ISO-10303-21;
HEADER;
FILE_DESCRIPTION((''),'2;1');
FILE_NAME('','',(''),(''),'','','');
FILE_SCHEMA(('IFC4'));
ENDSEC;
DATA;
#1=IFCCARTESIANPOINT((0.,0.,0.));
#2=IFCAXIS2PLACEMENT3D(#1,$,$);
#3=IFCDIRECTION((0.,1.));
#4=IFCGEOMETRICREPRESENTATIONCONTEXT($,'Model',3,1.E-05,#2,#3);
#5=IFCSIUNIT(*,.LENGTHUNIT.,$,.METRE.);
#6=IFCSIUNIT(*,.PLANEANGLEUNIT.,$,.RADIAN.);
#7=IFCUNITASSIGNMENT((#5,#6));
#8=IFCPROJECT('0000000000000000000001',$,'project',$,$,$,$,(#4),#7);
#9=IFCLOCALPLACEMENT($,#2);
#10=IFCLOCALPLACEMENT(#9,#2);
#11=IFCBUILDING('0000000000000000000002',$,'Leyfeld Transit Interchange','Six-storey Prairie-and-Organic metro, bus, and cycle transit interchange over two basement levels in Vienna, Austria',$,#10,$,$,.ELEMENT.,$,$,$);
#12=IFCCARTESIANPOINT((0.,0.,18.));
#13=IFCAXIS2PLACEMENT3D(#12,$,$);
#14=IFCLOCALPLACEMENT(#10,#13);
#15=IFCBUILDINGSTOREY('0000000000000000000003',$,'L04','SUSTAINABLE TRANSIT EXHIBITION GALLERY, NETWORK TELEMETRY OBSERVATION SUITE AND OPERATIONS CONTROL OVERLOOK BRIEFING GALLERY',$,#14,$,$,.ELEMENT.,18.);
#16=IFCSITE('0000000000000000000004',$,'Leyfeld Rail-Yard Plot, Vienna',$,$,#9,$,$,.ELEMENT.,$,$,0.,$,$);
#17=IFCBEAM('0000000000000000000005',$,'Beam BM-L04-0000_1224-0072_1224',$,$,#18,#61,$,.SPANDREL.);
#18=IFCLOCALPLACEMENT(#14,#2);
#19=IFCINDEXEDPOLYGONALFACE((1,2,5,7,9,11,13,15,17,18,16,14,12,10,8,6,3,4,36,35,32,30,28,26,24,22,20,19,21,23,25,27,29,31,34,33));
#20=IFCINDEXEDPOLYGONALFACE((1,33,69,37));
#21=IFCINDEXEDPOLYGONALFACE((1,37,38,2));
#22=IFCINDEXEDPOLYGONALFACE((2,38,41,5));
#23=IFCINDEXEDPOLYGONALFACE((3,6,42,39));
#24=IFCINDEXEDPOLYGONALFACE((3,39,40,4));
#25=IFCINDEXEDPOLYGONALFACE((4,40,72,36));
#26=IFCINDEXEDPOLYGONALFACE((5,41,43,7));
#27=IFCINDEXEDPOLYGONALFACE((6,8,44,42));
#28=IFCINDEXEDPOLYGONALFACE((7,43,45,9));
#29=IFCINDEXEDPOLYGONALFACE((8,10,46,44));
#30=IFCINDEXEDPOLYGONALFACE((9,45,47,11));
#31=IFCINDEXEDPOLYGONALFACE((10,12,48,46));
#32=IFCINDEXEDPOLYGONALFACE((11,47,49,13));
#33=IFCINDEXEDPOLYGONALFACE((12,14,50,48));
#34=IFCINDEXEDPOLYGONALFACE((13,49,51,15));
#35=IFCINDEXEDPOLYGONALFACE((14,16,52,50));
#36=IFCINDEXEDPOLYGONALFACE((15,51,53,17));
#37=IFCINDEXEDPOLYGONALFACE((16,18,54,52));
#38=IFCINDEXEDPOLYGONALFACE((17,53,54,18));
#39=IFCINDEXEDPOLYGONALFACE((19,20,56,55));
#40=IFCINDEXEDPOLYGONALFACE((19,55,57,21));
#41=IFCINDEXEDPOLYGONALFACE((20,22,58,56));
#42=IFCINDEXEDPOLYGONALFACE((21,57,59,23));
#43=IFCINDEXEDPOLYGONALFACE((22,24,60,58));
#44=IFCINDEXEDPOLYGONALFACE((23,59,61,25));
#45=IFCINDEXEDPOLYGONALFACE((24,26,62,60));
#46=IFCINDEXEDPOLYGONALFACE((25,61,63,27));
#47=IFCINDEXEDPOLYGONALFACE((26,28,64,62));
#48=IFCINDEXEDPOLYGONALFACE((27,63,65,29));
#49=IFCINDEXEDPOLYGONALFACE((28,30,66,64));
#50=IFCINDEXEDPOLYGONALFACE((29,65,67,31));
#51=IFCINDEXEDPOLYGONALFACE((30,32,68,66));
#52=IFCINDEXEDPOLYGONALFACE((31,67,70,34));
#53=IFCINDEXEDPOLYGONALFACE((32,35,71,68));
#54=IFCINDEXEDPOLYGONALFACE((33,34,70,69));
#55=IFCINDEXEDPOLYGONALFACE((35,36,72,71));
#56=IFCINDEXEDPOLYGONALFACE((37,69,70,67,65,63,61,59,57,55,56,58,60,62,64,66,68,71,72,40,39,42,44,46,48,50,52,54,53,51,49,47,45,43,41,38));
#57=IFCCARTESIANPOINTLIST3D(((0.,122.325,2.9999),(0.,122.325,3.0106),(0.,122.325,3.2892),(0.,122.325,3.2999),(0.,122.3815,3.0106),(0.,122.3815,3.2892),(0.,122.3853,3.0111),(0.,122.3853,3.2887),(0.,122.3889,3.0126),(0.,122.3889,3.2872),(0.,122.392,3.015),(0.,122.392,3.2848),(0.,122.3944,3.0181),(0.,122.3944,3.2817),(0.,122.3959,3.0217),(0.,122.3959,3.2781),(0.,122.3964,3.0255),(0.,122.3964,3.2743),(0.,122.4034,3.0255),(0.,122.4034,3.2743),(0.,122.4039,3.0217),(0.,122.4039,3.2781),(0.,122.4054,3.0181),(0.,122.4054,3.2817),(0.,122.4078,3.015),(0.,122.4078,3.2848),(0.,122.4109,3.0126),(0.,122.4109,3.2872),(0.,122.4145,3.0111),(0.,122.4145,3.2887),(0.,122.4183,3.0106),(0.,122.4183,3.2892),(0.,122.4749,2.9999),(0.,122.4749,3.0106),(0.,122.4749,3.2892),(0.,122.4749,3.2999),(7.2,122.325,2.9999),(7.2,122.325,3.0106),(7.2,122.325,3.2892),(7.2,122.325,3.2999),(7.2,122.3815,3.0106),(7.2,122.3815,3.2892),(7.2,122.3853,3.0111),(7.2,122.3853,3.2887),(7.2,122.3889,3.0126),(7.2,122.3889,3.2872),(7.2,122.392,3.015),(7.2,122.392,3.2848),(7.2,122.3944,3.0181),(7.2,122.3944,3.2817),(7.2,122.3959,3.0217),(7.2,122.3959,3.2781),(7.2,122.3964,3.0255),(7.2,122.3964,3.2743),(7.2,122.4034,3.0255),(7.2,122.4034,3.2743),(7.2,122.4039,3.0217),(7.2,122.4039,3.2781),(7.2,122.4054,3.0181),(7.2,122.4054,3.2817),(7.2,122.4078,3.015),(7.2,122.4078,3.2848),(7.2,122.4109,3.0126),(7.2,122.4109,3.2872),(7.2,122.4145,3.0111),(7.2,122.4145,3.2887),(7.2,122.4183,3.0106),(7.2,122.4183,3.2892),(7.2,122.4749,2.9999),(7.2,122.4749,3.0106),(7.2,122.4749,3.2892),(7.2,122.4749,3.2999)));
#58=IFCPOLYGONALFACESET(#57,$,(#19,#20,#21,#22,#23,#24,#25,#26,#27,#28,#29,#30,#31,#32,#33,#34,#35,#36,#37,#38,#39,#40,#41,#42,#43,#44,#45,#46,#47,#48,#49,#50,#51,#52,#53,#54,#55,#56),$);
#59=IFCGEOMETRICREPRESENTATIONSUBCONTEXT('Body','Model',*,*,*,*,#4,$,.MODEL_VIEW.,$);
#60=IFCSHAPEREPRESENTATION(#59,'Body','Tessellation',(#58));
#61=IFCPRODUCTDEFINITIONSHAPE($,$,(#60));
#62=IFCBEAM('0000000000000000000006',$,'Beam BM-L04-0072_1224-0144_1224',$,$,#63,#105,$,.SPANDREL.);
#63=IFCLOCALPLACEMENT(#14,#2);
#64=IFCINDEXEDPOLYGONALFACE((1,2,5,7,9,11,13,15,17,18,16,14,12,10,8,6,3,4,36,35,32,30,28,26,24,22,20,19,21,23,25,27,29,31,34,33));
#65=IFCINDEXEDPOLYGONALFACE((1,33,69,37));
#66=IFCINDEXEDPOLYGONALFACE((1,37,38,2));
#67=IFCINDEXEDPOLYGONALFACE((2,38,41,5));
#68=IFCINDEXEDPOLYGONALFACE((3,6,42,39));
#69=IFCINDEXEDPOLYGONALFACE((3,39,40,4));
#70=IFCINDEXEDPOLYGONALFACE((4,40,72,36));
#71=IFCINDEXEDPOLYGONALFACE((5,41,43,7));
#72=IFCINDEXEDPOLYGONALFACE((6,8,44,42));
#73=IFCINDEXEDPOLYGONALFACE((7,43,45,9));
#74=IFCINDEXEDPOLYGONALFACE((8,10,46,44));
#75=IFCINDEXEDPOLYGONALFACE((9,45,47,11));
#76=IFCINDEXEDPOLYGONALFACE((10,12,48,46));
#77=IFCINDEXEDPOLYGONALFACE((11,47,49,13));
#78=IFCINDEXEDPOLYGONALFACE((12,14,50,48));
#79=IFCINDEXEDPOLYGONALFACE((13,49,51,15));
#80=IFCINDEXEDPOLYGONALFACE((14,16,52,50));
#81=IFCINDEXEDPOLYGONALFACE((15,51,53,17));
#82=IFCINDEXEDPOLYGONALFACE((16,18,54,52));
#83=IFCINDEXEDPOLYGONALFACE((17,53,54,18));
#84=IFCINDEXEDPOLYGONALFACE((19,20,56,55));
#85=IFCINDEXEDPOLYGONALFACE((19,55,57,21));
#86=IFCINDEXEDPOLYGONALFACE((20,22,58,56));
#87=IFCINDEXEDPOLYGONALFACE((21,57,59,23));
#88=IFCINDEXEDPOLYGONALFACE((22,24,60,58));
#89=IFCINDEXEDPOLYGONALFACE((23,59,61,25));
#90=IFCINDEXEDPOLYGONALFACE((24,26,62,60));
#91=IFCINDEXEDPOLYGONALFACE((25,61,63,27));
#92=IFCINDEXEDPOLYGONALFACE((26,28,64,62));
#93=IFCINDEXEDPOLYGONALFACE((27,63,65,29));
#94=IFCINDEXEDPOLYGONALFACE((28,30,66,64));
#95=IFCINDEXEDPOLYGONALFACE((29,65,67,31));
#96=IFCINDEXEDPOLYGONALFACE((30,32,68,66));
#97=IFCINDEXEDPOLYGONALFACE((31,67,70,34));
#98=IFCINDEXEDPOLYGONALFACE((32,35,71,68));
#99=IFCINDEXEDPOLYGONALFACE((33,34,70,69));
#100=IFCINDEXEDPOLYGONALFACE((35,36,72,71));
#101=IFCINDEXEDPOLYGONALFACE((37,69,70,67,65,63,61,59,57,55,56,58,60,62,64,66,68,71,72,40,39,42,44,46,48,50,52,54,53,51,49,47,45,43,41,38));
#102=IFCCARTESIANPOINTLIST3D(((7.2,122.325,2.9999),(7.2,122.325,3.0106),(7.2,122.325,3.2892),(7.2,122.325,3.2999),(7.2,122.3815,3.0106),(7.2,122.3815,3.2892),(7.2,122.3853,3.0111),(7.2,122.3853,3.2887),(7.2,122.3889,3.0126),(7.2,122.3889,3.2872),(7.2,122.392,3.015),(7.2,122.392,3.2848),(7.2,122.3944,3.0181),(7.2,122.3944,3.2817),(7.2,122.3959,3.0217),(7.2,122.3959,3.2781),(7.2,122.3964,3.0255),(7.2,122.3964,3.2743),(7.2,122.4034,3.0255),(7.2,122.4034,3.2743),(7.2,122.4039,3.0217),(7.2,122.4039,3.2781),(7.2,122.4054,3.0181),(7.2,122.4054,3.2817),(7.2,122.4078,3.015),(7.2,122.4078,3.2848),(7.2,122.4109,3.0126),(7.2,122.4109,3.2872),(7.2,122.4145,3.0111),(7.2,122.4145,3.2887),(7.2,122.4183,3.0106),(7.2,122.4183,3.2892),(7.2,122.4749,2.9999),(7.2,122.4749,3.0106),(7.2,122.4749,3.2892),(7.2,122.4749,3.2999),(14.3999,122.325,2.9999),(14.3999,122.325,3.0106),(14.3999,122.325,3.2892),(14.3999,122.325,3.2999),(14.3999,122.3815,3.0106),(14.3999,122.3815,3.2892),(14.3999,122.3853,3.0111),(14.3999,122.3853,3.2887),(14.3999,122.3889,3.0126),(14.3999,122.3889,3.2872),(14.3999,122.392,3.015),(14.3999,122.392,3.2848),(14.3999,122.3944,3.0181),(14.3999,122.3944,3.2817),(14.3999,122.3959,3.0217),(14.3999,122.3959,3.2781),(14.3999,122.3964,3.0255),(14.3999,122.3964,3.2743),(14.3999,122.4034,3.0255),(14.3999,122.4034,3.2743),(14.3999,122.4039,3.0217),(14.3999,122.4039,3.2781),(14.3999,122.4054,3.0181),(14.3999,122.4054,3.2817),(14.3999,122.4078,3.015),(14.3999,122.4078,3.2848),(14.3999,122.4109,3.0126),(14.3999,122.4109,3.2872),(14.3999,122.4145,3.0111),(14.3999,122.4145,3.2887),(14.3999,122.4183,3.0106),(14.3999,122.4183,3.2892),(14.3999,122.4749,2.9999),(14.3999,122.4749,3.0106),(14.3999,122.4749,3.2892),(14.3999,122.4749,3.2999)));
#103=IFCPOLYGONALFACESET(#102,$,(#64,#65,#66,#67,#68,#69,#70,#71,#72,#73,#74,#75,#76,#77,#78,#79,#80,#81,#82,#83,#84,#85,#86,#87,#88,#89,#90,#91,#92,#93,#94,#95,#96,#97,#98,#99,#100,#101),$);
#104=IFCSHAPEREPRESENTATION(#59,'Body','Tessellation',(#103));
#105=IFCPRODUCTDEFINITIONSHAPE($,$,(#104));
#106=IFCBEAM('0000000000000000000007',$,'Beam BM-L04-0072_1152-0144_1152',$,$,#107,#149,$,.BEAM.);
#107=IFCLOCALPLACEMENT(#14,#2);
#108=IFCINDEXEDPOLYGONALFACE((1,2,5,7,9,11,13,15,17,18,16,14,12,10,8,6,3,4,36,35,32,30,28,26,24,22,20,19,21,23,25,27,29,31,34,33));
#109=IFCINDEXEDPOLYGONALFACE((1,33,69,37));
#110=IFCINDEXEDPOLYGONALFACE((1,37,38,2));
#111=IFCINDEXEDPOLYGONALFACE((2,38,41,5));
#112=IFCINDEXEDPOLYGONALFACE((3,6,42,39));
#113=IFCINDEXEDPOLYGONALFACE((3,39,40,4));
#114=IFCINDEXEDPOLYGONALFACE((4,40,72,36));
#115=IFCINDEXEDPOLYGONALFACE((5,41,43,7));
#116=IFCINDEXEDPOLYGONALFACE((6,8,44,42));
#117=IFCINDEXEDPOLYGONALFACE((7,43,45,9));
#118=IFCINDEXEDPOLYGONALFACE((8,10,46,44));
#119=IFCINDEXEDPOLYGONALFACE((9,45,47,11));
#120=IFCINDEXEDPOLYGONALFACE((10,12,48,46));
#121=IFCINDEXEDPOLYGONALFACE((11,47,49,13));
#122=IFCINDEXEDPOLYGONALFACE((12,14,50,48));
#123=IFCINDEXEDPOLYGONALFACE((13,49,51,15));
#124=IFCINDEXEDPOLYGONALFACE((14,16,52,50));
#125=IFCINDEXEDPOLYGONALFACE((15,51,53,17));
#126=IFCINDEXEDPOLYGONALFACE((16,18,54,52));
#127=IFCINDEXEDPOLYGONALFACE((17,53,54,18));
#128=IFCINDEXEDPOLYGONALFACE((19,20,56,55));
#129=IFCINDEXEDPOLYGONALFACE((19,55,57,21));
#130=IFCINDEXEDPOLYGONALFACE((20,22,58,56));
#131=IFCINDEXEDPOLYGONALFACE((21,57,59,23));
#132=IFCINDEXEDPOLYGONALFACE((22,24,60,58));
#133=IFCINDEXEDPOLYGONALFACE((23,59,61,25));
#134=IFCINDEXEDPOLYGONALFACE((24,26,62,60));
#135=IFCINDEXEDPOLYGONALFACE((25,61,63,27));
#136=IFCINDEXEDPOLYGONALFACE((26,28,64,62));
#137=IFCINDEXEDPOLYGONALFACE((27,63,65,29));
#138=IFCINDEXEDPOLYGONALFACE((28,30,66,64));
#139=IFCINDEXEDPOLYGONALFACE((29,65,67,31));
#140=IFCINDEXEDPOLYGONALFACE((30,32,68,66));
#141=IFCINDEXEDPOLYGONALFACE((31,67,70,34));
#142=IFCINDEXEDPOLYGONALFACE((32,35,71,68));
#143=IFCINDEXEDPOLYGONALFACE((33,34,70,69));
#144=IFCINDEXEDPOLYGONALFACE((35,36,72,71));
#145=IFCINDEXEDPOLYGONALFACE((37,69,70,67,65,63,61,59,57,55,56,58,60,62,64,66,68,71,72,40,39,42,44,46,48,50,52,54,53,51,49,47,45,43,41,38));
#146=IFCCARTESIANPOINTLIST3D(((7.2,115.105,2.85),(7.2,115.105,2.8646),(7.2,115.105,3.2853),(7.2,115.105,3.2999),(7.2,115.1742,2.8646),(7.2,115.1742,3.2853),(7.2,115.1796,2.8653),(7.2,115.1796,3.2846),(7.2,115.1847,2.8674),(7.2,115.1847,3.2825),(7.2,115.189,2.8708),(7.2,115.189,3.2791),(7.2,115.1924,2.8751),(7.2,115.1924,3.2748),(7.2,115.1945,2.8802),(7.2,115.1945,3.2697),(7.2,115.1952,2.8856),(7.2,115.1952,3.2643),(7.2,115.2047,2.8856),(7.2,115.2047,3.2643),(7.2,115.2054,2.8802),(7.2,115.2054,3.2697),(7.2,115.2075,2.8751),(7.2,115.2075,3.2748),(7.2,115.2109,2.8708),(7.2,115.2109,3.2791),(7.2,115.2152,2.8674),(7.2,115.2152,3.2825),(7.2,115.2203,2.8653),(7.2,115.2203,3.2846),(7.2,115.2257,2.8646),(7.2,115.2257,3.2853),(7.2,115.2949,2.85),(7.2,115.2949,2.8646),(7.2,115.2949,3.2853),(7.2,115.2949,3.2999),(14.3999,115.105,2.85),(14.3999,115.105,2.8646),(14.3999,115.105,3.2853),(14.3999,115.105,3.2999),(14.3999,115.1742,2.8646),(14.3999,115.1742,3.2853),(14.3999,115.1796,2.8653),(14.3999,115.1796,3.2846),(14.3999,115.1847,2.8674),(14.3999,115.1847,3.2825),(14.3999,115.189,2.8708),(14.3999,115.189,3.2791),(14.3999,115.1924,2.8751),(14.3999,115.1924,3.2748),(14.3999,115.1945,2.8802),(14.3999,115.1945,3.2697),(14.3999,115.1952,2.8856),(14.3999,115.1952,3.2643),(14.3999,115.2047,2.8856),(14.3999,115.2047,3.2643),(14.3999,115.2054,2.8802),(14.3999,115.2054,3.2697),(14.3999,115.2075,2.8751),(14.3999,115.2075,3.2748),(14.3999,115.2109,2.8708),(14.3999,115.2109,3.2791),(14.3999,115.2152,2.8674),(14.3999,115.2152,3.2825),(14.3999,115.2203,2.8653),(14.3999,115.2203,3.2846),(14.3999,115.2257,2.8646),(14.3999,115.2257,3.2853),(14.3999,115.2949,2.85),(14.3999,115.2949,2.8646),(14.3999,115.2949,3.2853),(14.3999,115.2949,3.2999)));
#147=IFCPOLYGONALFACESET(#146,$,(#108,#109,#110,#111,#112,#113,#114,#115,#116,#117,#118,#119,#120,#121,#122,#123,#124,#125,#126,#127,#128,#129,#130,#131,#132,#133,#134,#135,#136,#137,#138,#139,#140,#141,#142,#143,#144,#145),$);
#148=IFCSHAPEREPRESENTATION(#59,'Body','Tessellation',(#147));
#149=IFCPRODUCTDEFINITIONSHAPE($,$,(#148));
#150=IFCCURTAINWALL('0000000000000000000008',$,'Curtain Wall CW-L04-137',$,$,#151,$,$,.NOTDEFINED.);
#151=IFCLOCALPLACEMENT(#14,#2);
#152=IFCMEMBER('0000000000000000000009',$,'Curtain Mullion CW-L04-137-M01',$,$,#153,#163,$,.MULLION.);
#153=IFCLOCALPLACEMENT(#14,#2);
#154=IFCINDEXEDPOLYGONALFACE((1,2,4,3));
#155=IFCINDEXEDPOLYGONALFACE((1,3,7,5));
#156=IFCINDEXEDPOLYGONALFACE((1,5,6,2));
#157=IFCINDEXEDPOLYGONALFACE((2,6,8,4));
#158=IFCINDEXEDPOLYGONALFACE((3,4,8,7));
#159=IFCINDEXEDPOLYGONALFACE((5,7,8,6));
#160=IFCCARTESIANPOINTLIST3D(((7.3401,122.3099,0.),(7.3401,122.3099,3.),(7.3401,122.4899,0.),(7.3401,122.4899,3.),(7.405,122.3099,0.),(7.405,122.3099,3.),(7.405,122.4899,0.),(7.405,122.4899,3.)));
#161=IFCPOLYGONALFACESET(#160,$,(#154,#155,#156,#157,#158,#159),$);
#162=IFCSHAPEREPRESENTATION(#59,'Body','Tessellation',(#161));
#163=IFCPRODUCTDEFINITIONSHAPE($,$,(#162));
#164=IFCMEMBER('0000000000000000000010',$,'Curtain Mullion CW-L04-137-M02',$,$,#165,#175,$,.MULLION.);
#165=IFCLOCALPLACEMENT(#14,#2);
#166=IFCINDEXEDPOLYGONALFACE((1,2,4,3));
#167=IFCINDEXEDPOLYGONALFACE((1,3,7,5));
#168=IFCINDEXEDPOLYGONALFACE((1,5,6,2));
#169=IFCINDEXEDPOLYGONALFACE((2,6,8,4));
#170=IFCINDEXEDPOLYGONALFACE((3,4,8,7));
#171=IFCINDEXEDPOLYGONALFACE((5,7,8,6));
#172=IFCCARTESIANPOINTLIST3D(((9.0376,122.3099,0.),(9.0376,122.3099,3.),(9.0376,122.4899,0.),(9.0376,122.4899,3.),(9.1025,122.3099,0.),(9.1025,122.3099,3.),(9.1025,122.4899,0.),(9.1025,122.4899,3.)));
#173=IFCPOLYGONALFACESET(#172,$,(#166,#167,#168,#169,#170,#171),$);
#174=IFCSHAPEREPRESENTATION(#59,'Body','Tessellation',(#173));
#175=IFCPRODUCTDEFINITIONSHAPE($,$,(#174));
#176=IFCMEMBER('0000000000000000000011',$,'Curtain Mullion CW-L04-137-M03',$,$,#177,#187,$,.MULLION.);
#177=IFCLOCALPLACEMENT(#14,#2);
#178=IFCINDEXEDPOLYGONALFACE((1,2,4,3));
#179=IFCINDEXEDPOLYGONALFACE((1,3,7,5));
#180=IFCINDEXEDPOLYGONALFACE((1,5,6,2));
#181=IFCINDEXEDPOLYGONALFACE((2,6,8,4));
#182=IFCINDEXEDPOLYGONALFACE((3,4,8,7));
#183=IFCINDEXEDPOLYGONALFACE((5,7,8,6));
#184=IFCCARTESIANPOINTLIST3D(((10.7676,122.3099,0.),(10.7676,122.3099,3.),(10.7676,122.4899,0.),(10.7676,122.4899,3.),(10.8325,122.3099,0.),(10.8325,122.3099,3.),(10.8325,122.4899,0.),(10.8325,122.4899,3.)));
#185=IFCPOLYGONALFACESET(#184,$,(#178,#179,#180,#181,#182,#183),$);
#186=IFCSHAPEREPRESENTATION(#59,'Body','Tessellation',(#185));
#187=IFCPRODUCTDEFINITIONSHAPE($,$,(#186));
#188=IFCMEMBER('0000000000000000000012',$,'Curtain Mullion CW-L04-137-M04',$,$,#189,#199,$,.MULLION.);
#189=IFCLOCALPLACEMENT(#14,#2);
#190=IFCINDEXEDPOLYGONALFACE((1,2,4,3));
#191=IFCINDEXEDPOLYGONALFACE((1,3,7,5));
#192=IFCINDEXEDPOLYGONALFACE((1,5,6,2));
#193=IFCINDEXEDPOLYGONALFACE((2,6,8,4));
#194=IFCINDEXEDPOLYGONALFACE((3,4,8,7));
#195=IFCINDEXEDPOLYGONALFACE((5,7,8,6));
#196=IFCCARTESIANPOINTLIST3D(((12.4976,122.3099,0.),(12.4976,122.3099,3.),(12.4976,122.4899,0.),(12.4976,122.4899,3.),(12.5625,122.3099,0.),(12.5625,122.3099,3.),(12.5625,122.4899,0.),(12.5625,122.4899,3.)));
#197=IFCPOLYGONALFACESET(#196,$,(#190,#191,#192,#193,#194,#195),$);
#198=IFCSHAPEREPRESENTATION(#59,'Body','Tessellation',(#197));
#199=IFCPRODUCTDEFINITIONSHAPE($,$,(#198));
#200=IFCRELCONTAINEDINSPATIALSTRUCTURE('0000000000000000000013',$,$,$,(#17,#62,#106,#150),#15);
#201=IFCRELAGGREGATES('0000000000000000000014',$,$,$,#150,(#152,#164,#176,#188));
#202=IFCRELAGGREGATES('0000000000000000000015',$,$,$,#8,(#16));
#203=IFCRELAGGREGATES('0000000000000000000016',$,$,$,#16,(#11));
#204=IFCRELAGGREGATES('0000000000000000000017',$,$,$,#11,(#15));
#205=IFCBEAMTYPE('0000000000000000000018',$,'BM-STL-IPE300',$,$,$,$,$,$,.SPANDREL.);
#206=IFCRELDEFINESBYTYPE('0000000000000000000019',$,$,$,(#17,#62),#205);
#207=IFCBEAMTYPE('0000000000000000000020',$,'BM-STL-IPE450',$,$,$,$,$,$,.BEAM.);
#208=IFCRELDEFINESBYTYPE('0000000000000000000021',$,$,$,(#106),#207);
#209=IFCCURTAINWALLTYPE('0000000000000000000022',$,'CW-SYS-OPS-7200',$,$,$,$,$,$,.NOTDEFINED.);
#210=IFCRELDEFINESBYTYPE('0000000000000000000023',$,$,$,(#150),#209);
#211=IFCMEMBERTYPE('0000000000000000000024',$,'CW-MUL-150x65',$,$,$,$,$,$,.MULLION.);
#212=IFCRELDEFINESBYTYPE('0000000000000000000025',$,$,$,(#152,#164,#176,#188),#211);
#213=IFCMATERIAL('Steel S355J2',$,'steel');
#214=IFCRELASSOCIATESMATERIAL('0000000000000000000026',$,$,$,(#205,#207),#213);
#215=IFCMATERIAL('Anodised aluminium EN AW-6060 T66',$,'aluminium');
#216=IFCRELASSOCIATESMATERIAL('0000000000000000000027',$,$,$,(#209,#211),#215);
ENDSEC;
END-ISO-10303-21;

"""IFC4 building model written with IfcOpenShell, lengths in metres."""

from ifc_helpers import new_model, si_unit, direction, frame, origin, origin_2d, place, context, subcontext, project, spatial, rectangle, i_section, extrude, material, material_profile, profile_set, type_object, element, aggregate, save


model = new_model("IFC4")

# Units and contexts
model_context = context("Model", 3, precision=1e-05, world=origin(), true_north=direction((0.0, 1.0)))
body_context = subcontext(model_context, "Body", "Model", "MODEL_VIEW")
ifc_project = project(units=[si_unit("LENGTHUNIT", "METRE"), si_unit("PLANEANGLEUNIT", "RADIAN")], contexts=[model_context])

# Site, building, storey
site_placement = place(None, origin())
site = spatial("IfcSite", under=ifc_project, at=site_placement, Name="Leyfeld Rail-Yard Plot, Vienna", CompositionType="ELEMENT", RefElevation=0.0)
building_placement = place(site_placement, origin())
building = spatial("IfcBuilding", under=site, at=building_placement, Name="Leyfeld Transit Interchange", Description="Six-storey Prairie-and-Organic metro, bus, and cycle transit interchange over two basement levels in Vienna, Austria", CompositionType="ELEMENT")
storey_placement = place(building_placement, frame((0.0, 0.0, 18.0)))
storey = spatial("IfcBuildingStorey", under=building, at=storey_placement, Name="L04", Description="SUSTAINABLE TRANSIT EXHIBITION GALLERY, NETWORK TELEMETRY OBSERVATION SUITE AND OPERATIONS CONTROL OVERLOOK BRIEFING GALLERY", CompositionType="ELEMENT", Elevation=18.0)

# Shared definitions
ifc_material_1 = material(Name="Steel S355J2", Category="steel")

# Beams
ifc_material_profile_1 = material_profile(ifc_material_1, i_section(OverallWidth=0.1499, OverallDepth=0.3, WebThickness=0.0071, FlangeThickness=0.0107, FilletRadius=0.0149, at=origin_2d()), Name="IPE 300")
ifc_profile_set_1 = profile_set([ifc_material_profile_1], Name="Steel S355J2")
beam_type_1 = type_object("IfcBeamType", Name="BM-STL-IPE300", PredefinedType="SPANDREL", material=ifc_profile_set_1)
for number, where, z_axis, x_axis, name in (
    (1, (0.0, 122.3999, 3.1499), (1.0, 0.0, 0.0), (0.0, 1.0, 0.0), "Beam BM-L04-0000_1224-0072_1224"),
    (2, (7.2, 122.3999, 3.1499), (1.0, 0.0, 0.0), (0.0, 1.0, 0.0), "Beam BM-L04-0072_1224-0144_1224"),
):
    element("IfcBeam", number, at=place(storey_placement, frame(where, z_axis=z_axis, x_axis=x_axis)), inside=storey, type_object=beam_type_1, Name=name, PredefinedType="SPANDREL", context=body_context, shape_type="SweptSolid", body=[
        extrude(i_section(OverallWidth=0.1499, OverallDepth=0.3, WebThickness=0.0071, FlangeThickness=0.0107, FilletRadius=0.0149, at=origin_2d()), origin(), (0.0, 0.0, 1.0), 7.2),
    ])
ifc_material_profile_2 = material_profile(ifc_material_1, i_section(OverallWidth=0.1899, OverallDepth=0.45, WebThickness=0.0095, FlangeThickness=0.0146, FilletRadius=0.021, at=origin_2d()), Name="IPE 450")
ifc_profile_set_2 = profile_set([ifc_material_profile_2], Name="Steel S355J2")
beam_type_2 = type_object("IfcBeamType", Name="BM-STL-IPE450", PredefinedType="BEAM", material=ifc_profile_set_2)
beam_1_placement = place(storey_placement, frame((7.2, 115.2, 3.075), z_axis=(1.0, 0.0, 0.0), x_axis=(0.0, 1.0, 0.0)))
element("IfcBeam", 3, at=beam_1_placement, inside=storey, type_object=beam_type_2, Name="Beam BM-L04-0072_1152-0144_1152", PredefinedType="BEAM", context=body_context, shape_type="SweptSolid", body=[
    extrude(i_section(OverallWidth=0.1899, OverallDepth=0.45, WebThickness=0.0095, FlangeThickness=0.0146, FilletRadius=0.021, at=origin_2d()), origin(), (0.0, 0.0, 1.0), 7.2),
])

# Curtain wall, members
ifc_material_2 = material(Name="Anodised aluminium EN AW-6060 T66", Category="aluminium")
curtain_wall_type = type_object("IfcCurtainWallType", Name="CW-SYS-OPS-7200", PredefinedType="NOTDEFINED", material=ifc_material_2)
curtain_wall_placement = place(storey_placement, origin())
curtain_wall = element("IfcCurtainWall", 4, at=curtain_wall_placement, inside=storey, type_object=curtain_wall_type, Name="Curtain Wall CW-L04-137", PredefinedType="NOTDEFINED")
ifc_material_profile_3 = material_profile(ifc_material_2, rectangle(XDim=0.0649, YDim=0.1799, at=origin_2d()), Name="CW-M 65x180")
ifc_profile_set_3 = profile_set([ifc_material_profile_3], Name="Anodised aluminium EN AW-6060 T66")
member_type_1 = type_object("IfcMemberType", Name="CW-MUL-150x65", PredefinedType="MULLION", material=ifc_profile_set_3)
member_1_placement = place(storey_placement, frame((7.3726, 122.3999, 0.0), z_axis=(0.0, 0.0, 1.0), x_axis=(1.0, 0.0, 0.0)))
member_1 = element("IfcMember", 5, at=member_1_placement, type_object=member_type_1, Name="Curtain Mullion CW-L04-137-M01", PredefinedType="MULLION", context=body_context, shape_type="SweptSolid", body=[
    extrude(rectangle(XDim=0.0649, YDim=0.1799, at=origin_2d()), origin(), (0.0, 0.0, 1.0), 3.0),
])
member_2_placement = place(storey_placement, frame((9.0701, 122.3999, 0.0), z_axis=(0.0, 0.0, 1.0), x_axis=(1.0, 0.0, 0.0)))
member_2 = element("IfcMember", 6, at=member_2_placement, type_object=member_type_1, Name="Curtain Mullion CW-L04-137-M02", PredefinedType="MULLION", context=body_context, shape_type="SweptSolid", body=[
    extrude(rectangle(XDim=0.0649, YDim=0.1799, at=origin_2d()), origin(), (0.0, 0.0, 1.0), 3.0),
])
member_3_placement = place(storey_placement, frame((10.8, 122.3999, 0.0), z_axis=(0.0, 0.0, 1.0), x_axis=(1.0, 0.0, 0.0)))
member_3 = element("IfcMember", 7, at=member_3_placement, type_object=member_type_1, Name="Curtain Mullion CW-L04-137-M03", PredefinedType="MULLION", context=body_context, shape_type="SweptSolid", body=[
    extrude(rectangle(XDim=0.0649, YDim=0.1799, at=origin_2d()), origin(), (0.0, 0.0, 1.0), 3.0),
])
member_4_placement = place(storey_placement, frame((12.53, 122.3999, 0.0), z_axis=(0.0, 0.0, 1.0), x_axis=(1.0, 0.0, 0.0)))
member_4 = element("IfcMember", 8, at=member_4_placement, type_object=member_type_1, Name="Curtain Mullion CW-L04-137-M04", PredefinedType="MULLION", context=body_context, shape_type="SweptSolid", body=[
    extrude(rectangle(XDim=0.0649, YDim=0.1799, at=origin_2d()), origin(), (0.0, 0.0, 1.0), 3.0),
])
aggregate(curtain_wall, [member_1, member_2, member_3, member_4])

save(model, "model.ifc")
